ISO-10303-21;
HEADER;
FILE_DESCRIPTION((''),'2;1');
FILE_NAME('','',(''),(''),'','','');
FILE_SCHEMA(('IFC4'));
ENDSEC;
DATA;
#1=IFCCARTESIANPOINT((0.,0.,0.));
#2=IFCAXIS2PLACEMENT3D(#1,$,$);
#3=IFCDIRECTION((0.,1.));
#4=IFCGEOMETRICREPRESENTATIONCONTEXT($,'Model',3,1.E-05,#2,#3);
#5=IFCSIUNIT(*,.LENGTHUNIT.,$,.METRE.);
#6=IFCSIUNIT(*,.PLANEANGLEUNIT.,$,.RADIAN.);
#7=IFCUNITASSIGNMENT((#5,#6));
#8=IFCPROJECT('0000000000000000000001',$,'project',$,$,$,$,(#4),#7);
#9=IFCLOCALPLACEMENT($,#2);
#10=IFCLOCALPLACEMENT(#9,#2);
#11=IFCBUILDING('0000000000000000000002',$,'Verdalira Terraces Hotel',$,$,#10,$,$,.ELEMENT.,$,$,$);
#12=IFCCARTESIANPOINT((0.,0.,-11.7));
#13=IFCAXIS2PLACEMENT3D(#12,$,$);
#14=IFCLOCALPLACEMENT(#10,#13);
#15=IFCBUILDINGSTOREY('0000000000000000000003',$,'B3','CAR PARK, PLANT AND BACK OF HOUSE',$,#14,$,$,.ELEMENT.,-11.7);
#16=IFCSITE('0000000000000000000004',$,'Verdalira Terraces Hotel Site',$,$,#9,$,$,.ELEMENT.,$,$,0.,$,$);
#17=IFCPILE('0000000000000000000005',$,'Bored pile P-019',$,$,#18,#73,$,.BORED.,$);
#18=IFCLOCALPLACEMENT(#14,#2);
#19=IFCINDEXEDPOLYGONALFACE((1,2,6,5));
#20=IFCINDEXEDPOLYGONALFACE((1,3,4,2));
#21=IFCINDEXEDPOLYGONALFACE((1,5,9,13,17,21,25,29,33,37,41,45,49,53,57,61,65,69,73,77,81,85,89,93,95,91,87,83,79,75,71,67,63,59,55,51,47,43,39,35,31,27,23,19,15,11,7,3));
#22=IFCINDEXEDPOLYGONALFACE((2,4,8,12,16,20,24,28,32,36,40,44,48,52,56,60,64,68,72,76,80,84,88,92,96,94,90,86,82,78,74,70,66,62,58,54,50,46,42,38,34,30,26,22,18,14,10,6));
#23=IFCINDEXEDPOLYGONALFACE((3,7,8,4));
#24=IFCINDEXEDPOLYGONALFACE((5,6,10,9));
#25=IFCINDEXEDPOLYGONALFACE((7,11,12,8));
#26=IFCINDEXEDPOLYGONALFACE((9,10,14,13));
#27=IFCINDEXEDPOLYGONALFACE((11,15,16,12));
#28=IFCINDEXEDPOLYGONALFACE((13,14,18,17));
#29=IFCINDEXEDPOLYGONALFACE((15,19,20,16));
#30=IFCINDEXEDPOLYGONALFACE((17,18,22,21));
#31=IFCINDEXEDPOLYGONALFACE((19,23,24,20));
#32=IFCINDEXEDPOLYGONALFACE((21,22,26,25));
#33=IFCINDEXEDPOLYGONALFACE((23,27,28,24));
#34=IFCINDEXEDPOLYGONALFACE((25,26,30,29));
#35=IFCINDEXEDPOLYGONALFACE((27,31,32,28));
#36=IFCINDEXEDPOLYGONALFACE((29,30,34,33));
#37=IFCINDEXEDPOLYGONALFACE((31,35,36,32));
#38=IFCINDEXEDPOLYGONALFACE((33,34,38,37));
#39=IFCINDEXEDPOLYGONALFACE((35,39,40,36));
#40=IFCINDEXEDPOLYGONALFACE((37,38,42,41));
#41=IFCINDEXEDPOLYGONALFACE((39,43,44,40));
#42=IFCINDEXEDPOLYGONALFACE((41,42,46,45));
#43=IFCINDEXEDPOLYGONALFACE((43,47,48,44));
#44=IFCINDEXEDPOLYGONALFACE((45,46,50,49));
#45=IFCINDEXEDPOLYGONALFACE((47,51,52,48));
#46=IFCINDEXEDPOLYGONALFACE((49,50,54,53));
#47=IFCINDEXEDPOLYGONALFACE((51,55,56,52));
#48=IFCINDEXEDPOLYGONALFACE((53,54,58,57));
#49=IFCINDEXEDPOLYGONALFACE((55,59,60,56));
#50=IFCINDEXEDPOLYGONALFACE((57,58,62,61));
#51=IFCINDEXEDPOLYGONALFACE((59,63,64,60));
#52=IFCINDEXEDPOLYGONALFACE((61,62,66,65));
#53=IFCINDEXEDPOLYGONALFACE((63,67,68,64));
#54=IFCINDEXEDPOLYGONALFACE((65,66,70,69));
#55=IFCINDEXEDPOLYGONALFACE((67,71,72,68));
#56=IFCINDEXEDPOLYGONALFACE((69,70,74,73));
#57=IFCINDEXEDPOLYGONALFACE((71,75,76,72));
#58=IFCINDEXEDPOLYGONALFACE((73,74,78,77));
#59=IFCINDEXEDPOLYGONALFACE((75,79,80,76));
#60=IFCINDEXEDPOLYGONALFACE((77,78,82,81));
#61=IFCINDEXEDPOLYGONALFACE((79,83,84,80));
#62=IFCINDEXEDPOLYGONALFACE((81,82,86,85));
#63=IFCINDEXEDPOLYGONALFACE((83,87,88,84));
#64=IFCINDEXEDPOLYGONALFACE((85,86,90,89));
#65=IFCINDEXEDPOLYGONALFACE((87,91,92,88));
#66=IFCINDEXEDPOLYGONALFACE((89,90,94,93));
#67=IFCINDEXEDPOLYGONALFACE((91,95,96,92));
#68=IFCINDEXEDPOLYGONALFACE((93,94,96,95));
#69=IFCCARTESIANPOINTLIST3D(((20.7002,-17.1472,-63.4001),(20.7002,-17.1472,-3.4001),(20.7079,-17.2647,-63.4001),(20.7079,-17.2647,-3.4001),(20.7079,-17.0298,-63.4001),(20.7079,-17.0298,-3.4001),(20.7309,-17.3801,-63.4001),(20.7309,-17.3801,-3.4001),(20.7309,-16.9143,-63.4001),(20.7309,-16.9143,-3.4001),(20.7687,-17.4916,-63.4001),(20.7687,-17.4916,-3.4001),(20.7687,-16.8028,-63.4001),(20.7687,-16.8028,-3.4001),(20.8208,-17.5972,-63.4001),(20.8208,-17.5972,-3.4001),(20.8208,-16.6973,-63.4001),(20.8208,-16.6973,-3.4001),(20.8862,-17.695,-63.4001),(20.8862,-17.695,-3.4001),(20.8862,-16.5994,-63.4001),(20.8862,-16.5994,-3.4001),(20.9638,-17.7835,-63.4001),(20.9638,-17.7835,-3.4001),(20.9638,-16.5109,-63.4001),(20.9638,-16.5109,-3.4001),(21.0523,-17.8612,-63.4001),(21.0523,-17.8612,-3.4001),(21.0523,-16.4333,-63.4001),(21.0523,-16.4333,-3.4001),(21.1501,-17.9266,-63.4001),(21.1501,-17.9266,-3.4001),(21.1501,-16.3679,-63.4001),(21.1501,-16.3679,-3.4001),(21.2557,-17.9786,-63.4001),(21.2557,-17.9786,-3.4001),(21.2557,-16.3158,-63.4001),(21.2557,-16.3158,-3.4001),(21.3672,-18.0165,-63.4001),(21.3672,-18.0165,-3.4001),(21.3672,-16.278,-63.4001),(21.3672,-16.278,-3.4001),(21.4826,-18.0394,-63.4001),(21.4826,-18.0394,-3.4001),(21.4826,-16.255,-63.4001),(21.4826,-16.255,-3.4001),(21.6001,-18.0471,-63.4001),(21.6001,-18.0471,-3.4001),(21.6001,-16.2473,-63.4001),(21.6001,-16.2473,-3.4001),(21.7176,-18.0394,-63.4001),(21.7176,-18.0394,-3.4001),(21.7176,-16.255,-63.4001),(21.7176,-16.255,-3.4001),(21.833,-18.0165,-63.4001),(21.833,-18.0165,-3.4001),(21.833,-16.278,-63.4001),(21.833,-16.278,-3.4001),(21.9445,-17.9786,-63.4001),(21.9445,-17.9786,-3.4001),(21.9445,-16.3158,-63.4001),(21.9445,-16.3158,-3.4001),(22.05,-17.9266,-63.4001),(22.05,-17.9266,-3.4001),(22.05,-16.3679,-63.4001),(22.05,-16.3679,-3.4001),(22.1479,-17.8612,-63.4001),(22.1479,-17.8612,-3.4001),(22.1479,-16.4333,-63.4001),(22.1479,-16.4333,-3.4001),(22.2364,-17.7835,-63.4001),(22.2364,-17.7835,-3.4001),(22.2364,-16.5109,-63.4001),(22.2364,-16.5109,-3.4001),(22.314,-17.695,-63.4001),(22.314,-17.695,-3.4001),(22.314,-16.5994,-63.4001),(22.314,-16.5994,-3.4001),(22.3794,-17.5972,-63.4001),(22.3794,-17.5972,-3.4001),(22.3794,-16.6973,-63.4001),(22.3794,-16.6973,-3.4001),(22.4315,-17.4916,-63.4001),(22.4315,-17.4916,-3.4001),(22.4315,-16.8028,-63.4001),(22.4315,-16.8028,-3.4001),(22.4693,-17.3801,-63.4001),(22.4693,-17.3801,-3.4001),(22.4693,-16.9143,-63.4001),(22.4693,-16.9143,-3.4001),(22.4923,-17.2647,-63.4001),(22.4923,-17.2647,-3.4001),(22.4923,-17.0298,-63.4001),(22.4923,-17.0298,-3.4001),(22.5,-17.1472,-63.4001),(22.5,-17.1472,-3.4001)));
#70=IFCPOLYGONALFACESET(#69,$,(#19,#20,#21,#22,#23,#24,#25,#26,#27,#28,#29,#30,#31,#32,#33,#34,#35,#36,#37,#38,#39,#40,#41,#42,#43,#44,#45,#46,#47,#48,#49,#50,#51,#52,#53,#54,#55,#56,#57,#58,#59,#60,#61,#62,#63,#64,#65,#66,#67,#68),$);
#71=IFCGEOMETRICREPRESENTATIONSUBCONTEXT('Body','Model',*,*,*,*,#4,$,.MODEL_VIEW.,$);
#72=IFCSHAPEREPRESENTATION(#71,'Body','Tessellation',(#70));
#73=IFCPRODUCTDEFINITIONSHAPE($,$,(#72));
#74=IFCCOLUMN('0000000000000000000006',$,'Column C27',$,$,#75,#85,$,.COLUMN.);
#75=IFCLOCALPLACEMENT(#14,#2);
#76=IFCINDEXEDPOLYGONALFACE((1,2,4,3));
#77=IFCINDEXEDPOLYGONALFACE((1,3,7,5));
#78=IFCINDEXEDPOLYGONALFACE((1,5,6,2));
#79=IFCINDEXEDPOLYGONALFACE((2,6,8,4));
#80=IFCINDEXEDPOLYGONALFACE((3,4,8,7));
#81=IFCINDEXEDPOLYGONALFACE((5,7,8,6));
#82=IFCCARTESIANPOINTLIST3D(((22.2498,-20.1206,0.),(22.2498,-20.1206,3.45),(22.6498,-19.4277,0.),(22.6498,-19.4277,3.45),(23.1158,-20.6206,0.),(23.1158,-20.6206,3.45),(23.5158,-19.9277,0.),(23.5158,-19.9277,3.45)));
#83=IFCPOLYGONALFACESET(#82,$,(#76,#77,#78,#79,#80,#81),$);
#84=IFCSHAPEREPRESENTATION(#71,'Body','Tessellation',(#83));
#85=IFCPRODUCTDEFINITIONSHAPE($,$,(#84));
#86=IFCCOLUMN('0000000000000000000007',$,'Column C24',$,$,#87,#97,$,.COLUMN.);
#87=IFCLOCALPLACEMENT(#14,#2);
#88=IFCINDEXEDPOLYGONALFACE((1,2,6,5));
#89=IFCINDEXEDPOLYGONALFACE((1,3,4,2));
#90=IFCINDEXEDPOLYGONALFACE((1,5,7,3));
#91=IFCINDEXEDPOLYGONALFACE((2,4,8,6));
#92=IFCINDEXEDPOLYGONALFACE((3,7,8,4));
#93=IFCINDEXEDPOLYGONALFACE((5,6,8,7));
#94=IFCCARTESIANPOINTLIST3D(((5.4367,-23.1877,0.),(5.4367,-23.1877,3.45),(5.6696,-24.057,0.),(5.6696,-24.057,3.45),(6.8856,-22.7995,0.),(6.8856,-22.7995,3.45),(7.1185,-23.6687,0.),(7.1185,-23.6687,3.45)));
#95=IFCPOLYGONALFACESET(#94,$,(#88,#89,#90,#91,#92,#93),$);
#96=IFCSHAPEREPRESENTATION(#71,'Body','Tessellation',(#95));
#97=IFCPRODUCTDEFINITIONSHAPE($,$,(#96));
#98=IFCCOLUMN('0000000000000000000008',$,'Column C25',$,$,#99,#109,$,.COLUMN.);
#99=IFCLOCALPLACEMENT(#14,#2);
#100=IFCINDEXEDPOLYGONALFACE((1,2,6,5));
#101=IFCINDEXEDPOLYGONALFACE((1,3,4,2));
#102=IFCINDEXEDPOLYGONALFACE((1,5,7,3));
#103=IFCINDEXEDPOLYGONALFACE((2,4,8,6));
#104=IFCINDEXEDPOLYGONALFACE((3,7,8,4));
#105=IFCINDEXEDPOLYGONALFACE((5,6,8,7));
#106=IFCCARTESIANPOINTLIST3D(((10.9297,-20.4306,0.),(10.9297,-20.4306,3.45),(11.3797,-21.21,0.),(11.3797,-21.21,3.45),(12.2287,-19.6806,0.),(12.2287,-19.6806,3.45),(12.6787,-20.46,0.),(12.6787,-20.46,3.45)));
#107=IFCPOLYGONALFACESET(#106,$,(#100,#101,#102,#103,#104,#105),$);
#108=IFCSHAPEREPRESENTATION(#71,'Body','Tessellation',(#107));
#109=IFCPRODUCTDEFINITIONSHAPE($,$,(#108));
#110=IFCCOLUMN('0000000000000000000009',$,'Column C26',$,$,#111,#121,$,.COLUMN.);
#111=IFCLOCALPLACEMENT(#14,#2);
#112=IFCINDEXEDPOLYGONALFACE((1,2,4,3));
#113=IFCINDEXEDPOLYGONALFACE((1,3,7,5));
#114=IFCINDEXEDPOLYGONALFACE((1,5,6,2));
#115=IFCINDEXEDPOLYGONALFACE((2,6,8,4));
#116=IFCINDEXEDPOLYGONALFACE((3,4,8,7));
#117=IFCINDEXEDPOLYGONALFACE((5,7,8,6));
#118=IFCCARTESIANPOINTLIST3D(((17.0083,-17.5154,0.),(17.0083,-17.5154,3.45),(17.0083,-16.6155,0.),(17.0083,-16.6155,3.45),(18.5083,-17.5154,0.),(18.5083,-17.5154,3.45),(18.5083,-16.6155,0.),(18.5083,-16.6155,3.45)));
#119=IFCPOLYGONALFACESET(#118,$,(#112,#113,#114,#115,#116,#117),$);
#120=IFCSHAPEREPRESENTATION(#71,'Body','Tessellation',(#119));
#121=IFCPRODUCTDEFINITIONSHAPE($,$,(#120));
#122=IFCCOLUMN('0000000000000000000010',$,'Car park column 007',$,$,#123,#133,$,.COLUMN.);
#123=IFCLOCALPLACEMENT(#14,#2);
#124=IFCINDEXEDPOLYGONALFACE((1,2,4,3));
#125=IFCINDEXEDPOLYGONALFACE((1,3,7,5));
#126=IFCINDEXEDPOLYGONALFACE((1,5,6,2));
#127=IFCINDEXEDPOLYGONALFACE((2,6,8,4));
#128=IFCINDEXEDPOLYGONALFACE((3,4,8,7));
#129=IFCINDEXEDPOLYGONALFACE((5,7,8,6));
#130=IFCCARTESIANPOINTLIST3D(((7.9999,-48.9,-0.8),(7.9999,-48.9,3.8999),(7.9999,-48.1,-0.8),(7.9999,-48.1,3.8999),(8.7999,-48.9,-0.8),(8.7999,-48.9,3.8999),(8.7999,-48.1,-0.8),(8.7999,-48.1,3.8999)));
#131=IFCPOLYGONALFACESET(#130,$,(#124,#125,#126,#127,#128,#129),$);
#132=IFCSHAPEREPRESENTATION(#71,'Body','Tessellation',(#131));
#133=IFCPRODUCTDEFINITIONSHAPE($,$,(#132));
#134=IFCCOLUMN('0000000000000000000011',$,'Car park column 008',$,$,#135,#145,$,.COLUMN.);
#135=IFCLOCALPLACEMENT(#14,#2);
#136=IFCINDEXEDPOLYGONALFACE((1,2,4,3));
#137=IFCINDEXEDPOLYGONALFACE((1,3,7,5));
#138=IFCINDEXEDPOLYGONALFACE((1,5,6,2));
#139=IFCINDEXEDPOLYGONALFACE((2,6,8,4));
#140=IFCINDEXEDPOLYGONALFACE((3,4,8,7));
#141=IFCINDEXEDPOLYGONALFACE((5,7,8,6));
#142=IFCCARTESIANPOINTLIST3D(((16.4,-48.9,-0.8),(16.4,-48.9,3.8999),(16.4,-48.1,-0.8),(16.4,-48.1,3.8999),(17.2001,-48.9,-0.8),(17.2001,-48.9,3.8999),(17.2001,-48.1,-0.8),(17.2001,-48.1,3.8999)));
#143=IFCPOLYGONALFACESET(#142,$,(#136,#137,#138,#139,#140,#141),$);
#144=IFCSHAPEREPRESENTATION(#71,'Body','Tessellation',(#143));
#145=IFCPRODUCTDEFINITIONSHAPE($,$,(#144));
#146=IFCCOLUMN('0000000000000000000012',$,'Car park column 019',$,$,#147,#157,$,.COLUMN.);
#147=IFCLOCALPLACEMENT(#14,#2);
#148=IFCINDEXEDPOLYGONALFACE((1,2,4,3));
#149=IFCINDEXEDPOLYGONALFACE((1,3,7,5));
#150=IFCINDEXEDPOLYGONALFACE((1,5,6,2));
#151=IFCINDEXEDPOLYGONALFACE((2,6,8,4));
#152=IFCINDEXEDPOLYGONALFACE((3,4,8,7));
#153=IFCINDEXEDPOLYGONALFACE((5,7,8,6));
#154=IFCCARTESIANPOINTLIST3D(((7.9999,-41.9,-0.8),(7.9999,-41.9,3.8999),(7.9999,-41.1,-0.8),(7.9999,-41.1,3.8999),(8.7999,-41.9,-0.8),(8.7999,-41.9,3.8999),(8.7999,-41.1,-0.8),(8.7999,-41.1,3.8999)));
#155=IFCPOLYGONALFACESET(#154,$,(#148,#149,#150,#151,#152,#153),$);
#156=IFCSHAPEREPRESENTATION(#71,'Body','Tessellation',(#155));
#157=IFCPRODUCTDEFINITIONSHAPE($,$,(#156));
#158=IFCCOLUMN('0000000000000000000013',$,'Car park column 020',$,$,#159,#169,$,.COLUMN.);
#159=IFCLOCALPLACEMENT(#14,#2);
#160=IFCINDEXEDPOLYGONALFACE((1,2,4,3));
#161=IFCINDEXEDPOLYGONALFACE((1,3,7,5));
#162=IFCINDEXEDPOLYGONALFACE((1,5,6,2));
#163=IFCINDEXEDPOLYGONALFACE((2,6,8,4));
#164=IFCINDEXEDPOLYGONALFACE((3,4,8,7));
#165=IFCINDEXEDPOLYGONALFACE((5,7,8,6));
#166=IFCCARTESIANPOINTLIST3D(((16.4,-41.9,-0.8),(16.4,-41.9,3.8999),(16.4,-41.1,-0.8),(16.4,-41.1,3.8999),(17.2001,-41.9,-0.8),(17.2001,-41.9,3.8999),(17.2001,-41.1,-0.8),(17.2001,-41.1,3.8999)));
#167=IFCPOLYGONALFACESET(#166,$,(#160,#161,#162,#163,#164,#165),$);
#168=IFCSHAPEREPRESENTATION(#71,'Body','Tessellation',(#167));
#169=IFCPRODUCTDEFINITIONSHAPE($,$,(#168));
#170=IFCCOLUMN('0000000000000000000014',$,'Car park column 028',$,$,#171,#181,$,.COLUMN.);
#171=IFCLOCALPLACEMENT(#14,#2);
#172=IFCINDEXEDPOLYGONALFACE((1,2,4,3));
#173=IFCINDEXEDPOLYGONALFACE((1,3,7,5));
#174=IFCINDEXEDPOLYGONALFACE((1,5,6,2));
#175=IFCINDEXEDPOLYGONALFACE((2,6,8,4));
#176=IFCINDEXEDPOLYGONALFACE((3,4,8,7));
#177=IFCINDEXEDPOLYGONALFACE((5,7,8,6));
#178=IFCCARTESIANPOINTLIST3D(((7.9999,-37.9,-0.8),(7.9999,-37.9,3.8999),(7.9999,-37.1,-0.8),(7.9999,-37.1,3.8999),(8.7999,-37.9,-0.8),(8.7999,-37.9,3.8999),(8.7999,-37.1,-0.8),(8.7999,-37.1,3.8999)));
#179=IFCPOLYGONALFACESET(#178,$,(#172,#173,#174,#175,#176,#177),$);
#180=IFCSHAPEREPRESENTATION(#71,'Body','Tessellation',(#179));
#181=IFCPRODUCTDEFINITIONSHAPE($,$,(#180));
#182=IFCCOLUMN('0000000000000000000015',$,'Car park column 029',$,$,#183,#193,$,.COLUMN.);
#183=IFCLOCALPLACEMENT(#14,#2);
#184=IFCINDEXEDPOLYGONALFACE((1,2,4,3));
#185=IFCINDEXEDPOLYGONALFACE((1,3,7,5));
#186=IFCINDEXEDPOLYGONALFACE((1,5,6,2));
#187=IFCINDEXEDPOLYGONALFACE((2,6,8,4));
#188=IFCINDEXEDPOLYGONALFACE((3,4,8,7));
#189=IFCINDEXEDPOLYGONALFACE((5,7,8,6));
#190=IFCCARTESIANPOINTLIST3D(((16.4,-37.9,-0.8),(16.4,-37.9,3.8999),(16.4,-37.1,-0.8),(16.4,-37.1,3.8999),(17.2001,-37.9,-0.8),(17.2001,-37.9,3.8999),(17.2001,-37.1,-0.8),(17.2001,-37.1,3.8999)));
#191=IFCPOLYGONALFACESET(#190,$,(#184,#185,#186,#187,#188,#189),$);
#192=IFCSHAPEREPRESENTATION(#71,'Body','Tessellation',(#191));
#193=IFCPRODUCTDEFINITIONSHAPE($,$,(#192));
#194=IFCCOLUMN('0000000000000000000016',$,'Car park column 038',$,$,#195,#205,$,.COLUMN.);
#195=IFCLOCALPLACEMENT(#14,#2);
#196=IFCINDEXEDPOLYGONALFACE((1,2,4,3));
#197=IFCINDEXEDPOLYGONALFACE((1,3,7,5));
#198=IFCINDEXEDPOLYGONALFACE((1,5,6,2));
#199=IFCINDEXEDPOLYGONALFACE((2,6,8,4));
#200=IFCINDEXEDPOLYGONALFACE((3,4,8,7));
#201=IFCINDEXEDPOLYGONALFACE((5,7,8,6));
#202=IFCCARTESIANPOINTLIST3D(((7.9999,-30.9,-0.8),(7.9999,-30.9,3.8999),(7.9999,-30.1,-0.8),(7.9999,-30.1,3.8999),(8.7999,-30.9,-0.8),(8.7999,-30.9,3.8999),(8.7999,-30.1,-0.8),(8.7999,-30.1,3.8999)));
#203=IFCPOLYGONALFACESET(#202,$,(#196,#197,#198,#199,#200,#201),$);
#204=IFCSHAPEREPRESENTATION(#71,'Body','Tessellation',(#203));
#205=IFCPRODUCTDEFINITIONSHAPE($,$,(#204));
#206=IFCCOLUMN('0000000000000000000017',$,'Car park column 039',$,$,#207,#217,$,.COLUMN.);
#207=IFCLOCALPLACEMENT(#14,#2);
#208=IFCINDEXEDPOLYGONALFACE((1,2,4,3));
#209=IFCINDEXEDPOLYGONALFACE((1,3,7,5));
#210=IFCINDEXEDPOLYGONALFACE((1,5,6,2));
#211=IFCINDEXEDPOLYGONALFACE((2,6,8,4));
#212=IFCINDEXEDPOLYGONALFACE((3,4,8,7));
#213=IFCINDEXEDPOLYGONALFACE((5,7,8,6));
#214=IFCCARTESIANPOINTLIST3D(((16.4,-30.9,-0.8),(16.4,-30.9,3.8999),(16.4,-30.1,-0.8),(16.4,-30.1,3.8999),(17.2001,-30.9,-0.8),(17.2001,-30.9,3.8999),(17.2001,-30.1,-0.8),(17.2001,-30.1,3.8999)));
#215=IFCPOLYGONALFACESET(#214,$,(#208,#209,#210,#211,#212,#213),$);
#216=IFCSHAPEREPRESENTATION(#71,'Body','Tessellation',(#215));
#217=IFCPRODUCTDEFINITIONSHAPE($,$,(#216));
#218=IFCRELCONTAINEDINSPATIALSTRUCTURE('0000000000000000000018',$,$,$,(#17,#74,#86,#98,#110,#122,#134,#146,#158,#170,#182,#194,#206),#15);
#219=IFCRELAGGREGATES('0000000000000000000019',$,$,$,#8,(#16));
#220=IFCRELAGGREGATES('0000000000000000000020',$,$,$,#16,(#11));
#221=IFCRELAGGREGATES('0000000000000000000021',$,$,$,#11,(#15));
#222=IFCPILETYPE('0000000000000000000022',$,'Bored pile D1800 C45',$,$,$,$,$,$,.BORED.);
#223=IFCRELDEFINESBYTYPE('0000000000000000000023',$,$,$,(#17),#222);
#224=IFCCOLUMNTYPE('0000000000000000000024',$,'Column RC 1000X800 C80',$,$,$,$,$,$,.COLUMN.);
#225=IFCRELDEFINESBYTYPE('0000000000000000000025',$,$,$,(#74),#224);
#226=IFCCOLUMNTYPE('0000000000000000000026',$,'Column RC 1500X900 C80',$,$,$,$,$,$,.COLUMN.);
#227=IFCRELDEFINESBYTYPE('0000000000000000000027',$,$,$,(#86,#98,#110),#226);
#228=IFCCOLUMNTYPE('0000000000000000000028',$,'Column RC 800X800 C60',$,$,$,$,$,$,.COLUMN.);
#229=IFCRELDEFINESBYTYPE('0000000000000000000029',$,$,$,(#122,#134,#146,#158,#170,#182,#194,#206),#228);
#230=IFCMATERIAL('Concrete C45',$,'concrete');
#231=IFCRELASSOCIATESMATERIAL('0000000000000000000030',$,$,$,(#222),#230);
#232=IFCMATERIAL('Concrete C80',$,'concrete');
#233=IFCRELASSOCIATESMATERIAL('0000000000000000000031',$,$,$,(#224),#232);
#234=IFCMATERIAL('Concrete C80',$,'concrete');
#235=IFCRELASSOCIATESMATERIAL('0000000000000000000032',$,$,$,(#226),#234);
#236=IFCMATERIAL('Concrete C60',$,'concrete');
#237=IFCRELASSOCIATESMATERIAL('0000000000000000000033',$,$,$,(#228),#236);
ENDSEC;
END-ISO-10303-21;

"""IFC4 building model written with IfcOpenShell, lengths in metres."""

from ifc_helpers import new_model, si_unit, direction, frame, origin, origin_2d, place, context, subcontext, project, spatial, rectangle, circle, extrude, material, material_profile, profile_set, type_object, element, save


model = new_model("IFC4")

# Units and contexts
model_context = context("Model", 3, precision=1e-05, world=origin(), true_north=direction((0.0, 1.0)))
body_context = subcontext(model_context, "Body", "Model", "MODEL_VIEW")
ifc_project = project(units=[si_unit("LENGTHUNIT", "METRE"), si_unit("PLANEANGLEUNIT", "RADIAN")], contexts=[model_context])

# Site, building, storey
site_placement = place(None, origin())
site = spatial("IfcSite", under=ifc_project, at=site_placement, Name="Verdalira Terraces Hotel Site", CompositionType="ELEMENT", RefElevation=0.0)
building_placement = place(site_placement, origin())
building = spatial("IfcBuilding", under=site, at=building_placement, Name="Verdalira Terraces Hotel", CompositionType="ELEMENT")
storey_placement = place(building_placement, frame((0.0, 0.0, -11.7)))
storey = spatial("IfcBuildingStorey", under=building, at=storey_placement, Name="B3", Description="CAR PARK, PLANT AND BACK OF HOUSE", CompositionType="ELEMENT", Elevation=-11.7)

# Pile
ifc_material_1 = material(Name="Concrete C45", Category="concrete")
ifc_material_profile_1 = material_profile(ifc_material_1, circle(Radius=0.8999, at=origin_2d()), Name="D1800")
ifc_profile_set_1 = profile_set([ifc_material_profile_1], Name="Concrete C45")
pile_type = type_object("IfcPileType", Name="Bored pile D1800 C45", PredefinedType="BORED", material=ifc_profile_set_1)
for number, where, z_axis, x_axis, name in (
    (1, (21.6001, -17.1472, -3.4001), (0.0, 0.0, -1.0), (1.0, 0.0, 0.0), "Bored pile P-019"),
):
    element("IfcPile", number, at=place(storey_placement, frame(where, z_axis=z_axis, x_axis=x_axis)), inside=storey, type_object=pile_type, Name=name, PredefinedType="BORED", context=body_context, shape_type="SweptSolid", body=[
        extrude(circle(Radius=0.8999, at=origin_2d()), origin(), (0.0, 0.0, 1.0), 60.0),
    ])

# Columns
ifc_material_2 = material(Name="Concrete C80", Category="concrete")
ifc_material_profile_2 = material_profile(ifc_material_2, rectangle(XDim=1.0, YDim=0.8, at=origin_2d()), Name="RC 1000X800")
ifc_profile_set_2 = profile_set([ifc_material_profile_2], Name="Concrete C80")
column_type_1 = type_object("IfcColumnType", Name="Column RC 1000X800 C80", PredefinedType="COLUMN", material=ifc_profile_set_2)
column_placement = place(storey_placement, frame((22.8828, -20.0242, 0.0), z_axis=(0.0, 0.0, 1.0), x_axis=(0.866025, -0.5, 0.0)))
element("IfcColumn", 2, at=column_placement, inside=storey, type_object=column_type_1, Name="Column C27", PredefinedType="COLUMN", context=body_context, shape_type="SweptSolid", body=[
    extrude(rectangle(XDim=1.0, YDim=0.8, at=origin_2d()), origin(), (0.0, 0.0, 1.0), 3.45),
])
ifc_material_3 = material(Name="Concrete C80", Category="concrete")
ifc_material_profile_3 = material_profile(ifc_material_3, rectangle(XDim=1.5, YDim=0.8999, at=origin_2d()), Name="RC 1500X900")
ifc_profile_set_3 = profile_set([ifc_material_profile_3], Name="Concrete C80")
column_type_2 = type_object("IfcColumnType", Name="Column RC 1500X900 C80", PredefinedType="COLUMN", material=ifc_profile_set_3)
for number, where, z_axis, x_axis, name in (
    (3, (6.2776, -23.4282, 0.0), (0.0, 0.0, 1.0), (-0.965926, -0.258819, 0.0), "Column C24"),
    (4, (11.8042, -20.4453, 0.0), (0.0, 0.0, 1.0), (0.866025, 0.5, 0.0), "Column C25"),
    (5, (17.7583, -17.0654, 0.0), (0.0, 0.0, 1.0), (-1.0, 0.0, 0.0), "Column C26"),
):
    element("IfcColumn", number, at=place(storey_placement, frame(where, z_axis=z_axis, x_axis=x_axis)), inside=storey, type_object=column_type_2, Name=name, PredefinedType="COLUMN", context=body_context, shape_type="SweptSolid", body=[
        extrude(rectangle(XDim=1.5, YDim=0.8999, at=origin_2d()), origin(), (0.0, 0.0, 1.0), 3.45),
    ])
ifc_material_4 = material(Name="Concrete C60", Category="concrete")
ifc_material_profile_4 = material_profile(ifc_material_4, rectangle(XDim=0.8, YDim=0.8, at=origin_2d()), Name="RC 800X800")
ifc_profile_set_4 = profile_set([ifc_material_profile_4], Name="Concrete C60")
column_type_3 = type_object("IfcColumnType", Name="Column RC 800X800 C60", PredefinedType="COLUMN", material=ifc_profile_set_4)
for number, where, z_axis, x_axis, name in (
    (6, (8.3999, -48.5, -0.8), (0.0, 0.0, 1.0), (1.0, 0.0, 0.0), "Car park column 007"),
    (7, (16.8, -48.5, -0.8), (0.0, 0.0, 1.0), (1.0, 0.0, 0.0), "Car park column 008"),
    (8, (8.3999, -41.5, -0.8), (0.0, 0.0, 1.0), (1.0, 0.0, 0.0), "Car park column 019"),
    (9, (16.8, -41.5, -0.8), (0.0, 0.0, 1.0), (1.0, 0.0, 0.0), "Car park column 020"),
    (10, (8.3999, -37.5, -0.8), (0.0, 0.0, 1.0), (1.0, 0.0, 0.0), "Car park column 028"),
    (11, (16.8, -37.5, -0.8), (0.0, 0.0, 1.0), (1.0, 0.0, 0.0), "Car park column 029"),
    (12, (8.3999, -30.5, -0.8), (0.0, 0.0, 1.0), (1.0, 0.0, 0.0), "Car park column 038"),
    (13, (16.8, -30.5, -0.8), (0.0, 0.0, 1.0), (1.0, 0.0, 0.0), "Car park column 039"),
):
    element("IfcColumn", number, at=place(storey_placement, frame(where, z_axis=z_axis, x_axis=x_axis)), inside=storey, type_object=column_type_3, Name=name, PredefinedType="COLUMN", context=body_context, shape_type="SweptSolid", body=[
        extrude(rectangle(XDim=0.8, YDim=0.8, at=origin_2d()), origin(), (0.0, 0.0, 1.0), 4.7),
    ])

save(model, "model.ifc")
